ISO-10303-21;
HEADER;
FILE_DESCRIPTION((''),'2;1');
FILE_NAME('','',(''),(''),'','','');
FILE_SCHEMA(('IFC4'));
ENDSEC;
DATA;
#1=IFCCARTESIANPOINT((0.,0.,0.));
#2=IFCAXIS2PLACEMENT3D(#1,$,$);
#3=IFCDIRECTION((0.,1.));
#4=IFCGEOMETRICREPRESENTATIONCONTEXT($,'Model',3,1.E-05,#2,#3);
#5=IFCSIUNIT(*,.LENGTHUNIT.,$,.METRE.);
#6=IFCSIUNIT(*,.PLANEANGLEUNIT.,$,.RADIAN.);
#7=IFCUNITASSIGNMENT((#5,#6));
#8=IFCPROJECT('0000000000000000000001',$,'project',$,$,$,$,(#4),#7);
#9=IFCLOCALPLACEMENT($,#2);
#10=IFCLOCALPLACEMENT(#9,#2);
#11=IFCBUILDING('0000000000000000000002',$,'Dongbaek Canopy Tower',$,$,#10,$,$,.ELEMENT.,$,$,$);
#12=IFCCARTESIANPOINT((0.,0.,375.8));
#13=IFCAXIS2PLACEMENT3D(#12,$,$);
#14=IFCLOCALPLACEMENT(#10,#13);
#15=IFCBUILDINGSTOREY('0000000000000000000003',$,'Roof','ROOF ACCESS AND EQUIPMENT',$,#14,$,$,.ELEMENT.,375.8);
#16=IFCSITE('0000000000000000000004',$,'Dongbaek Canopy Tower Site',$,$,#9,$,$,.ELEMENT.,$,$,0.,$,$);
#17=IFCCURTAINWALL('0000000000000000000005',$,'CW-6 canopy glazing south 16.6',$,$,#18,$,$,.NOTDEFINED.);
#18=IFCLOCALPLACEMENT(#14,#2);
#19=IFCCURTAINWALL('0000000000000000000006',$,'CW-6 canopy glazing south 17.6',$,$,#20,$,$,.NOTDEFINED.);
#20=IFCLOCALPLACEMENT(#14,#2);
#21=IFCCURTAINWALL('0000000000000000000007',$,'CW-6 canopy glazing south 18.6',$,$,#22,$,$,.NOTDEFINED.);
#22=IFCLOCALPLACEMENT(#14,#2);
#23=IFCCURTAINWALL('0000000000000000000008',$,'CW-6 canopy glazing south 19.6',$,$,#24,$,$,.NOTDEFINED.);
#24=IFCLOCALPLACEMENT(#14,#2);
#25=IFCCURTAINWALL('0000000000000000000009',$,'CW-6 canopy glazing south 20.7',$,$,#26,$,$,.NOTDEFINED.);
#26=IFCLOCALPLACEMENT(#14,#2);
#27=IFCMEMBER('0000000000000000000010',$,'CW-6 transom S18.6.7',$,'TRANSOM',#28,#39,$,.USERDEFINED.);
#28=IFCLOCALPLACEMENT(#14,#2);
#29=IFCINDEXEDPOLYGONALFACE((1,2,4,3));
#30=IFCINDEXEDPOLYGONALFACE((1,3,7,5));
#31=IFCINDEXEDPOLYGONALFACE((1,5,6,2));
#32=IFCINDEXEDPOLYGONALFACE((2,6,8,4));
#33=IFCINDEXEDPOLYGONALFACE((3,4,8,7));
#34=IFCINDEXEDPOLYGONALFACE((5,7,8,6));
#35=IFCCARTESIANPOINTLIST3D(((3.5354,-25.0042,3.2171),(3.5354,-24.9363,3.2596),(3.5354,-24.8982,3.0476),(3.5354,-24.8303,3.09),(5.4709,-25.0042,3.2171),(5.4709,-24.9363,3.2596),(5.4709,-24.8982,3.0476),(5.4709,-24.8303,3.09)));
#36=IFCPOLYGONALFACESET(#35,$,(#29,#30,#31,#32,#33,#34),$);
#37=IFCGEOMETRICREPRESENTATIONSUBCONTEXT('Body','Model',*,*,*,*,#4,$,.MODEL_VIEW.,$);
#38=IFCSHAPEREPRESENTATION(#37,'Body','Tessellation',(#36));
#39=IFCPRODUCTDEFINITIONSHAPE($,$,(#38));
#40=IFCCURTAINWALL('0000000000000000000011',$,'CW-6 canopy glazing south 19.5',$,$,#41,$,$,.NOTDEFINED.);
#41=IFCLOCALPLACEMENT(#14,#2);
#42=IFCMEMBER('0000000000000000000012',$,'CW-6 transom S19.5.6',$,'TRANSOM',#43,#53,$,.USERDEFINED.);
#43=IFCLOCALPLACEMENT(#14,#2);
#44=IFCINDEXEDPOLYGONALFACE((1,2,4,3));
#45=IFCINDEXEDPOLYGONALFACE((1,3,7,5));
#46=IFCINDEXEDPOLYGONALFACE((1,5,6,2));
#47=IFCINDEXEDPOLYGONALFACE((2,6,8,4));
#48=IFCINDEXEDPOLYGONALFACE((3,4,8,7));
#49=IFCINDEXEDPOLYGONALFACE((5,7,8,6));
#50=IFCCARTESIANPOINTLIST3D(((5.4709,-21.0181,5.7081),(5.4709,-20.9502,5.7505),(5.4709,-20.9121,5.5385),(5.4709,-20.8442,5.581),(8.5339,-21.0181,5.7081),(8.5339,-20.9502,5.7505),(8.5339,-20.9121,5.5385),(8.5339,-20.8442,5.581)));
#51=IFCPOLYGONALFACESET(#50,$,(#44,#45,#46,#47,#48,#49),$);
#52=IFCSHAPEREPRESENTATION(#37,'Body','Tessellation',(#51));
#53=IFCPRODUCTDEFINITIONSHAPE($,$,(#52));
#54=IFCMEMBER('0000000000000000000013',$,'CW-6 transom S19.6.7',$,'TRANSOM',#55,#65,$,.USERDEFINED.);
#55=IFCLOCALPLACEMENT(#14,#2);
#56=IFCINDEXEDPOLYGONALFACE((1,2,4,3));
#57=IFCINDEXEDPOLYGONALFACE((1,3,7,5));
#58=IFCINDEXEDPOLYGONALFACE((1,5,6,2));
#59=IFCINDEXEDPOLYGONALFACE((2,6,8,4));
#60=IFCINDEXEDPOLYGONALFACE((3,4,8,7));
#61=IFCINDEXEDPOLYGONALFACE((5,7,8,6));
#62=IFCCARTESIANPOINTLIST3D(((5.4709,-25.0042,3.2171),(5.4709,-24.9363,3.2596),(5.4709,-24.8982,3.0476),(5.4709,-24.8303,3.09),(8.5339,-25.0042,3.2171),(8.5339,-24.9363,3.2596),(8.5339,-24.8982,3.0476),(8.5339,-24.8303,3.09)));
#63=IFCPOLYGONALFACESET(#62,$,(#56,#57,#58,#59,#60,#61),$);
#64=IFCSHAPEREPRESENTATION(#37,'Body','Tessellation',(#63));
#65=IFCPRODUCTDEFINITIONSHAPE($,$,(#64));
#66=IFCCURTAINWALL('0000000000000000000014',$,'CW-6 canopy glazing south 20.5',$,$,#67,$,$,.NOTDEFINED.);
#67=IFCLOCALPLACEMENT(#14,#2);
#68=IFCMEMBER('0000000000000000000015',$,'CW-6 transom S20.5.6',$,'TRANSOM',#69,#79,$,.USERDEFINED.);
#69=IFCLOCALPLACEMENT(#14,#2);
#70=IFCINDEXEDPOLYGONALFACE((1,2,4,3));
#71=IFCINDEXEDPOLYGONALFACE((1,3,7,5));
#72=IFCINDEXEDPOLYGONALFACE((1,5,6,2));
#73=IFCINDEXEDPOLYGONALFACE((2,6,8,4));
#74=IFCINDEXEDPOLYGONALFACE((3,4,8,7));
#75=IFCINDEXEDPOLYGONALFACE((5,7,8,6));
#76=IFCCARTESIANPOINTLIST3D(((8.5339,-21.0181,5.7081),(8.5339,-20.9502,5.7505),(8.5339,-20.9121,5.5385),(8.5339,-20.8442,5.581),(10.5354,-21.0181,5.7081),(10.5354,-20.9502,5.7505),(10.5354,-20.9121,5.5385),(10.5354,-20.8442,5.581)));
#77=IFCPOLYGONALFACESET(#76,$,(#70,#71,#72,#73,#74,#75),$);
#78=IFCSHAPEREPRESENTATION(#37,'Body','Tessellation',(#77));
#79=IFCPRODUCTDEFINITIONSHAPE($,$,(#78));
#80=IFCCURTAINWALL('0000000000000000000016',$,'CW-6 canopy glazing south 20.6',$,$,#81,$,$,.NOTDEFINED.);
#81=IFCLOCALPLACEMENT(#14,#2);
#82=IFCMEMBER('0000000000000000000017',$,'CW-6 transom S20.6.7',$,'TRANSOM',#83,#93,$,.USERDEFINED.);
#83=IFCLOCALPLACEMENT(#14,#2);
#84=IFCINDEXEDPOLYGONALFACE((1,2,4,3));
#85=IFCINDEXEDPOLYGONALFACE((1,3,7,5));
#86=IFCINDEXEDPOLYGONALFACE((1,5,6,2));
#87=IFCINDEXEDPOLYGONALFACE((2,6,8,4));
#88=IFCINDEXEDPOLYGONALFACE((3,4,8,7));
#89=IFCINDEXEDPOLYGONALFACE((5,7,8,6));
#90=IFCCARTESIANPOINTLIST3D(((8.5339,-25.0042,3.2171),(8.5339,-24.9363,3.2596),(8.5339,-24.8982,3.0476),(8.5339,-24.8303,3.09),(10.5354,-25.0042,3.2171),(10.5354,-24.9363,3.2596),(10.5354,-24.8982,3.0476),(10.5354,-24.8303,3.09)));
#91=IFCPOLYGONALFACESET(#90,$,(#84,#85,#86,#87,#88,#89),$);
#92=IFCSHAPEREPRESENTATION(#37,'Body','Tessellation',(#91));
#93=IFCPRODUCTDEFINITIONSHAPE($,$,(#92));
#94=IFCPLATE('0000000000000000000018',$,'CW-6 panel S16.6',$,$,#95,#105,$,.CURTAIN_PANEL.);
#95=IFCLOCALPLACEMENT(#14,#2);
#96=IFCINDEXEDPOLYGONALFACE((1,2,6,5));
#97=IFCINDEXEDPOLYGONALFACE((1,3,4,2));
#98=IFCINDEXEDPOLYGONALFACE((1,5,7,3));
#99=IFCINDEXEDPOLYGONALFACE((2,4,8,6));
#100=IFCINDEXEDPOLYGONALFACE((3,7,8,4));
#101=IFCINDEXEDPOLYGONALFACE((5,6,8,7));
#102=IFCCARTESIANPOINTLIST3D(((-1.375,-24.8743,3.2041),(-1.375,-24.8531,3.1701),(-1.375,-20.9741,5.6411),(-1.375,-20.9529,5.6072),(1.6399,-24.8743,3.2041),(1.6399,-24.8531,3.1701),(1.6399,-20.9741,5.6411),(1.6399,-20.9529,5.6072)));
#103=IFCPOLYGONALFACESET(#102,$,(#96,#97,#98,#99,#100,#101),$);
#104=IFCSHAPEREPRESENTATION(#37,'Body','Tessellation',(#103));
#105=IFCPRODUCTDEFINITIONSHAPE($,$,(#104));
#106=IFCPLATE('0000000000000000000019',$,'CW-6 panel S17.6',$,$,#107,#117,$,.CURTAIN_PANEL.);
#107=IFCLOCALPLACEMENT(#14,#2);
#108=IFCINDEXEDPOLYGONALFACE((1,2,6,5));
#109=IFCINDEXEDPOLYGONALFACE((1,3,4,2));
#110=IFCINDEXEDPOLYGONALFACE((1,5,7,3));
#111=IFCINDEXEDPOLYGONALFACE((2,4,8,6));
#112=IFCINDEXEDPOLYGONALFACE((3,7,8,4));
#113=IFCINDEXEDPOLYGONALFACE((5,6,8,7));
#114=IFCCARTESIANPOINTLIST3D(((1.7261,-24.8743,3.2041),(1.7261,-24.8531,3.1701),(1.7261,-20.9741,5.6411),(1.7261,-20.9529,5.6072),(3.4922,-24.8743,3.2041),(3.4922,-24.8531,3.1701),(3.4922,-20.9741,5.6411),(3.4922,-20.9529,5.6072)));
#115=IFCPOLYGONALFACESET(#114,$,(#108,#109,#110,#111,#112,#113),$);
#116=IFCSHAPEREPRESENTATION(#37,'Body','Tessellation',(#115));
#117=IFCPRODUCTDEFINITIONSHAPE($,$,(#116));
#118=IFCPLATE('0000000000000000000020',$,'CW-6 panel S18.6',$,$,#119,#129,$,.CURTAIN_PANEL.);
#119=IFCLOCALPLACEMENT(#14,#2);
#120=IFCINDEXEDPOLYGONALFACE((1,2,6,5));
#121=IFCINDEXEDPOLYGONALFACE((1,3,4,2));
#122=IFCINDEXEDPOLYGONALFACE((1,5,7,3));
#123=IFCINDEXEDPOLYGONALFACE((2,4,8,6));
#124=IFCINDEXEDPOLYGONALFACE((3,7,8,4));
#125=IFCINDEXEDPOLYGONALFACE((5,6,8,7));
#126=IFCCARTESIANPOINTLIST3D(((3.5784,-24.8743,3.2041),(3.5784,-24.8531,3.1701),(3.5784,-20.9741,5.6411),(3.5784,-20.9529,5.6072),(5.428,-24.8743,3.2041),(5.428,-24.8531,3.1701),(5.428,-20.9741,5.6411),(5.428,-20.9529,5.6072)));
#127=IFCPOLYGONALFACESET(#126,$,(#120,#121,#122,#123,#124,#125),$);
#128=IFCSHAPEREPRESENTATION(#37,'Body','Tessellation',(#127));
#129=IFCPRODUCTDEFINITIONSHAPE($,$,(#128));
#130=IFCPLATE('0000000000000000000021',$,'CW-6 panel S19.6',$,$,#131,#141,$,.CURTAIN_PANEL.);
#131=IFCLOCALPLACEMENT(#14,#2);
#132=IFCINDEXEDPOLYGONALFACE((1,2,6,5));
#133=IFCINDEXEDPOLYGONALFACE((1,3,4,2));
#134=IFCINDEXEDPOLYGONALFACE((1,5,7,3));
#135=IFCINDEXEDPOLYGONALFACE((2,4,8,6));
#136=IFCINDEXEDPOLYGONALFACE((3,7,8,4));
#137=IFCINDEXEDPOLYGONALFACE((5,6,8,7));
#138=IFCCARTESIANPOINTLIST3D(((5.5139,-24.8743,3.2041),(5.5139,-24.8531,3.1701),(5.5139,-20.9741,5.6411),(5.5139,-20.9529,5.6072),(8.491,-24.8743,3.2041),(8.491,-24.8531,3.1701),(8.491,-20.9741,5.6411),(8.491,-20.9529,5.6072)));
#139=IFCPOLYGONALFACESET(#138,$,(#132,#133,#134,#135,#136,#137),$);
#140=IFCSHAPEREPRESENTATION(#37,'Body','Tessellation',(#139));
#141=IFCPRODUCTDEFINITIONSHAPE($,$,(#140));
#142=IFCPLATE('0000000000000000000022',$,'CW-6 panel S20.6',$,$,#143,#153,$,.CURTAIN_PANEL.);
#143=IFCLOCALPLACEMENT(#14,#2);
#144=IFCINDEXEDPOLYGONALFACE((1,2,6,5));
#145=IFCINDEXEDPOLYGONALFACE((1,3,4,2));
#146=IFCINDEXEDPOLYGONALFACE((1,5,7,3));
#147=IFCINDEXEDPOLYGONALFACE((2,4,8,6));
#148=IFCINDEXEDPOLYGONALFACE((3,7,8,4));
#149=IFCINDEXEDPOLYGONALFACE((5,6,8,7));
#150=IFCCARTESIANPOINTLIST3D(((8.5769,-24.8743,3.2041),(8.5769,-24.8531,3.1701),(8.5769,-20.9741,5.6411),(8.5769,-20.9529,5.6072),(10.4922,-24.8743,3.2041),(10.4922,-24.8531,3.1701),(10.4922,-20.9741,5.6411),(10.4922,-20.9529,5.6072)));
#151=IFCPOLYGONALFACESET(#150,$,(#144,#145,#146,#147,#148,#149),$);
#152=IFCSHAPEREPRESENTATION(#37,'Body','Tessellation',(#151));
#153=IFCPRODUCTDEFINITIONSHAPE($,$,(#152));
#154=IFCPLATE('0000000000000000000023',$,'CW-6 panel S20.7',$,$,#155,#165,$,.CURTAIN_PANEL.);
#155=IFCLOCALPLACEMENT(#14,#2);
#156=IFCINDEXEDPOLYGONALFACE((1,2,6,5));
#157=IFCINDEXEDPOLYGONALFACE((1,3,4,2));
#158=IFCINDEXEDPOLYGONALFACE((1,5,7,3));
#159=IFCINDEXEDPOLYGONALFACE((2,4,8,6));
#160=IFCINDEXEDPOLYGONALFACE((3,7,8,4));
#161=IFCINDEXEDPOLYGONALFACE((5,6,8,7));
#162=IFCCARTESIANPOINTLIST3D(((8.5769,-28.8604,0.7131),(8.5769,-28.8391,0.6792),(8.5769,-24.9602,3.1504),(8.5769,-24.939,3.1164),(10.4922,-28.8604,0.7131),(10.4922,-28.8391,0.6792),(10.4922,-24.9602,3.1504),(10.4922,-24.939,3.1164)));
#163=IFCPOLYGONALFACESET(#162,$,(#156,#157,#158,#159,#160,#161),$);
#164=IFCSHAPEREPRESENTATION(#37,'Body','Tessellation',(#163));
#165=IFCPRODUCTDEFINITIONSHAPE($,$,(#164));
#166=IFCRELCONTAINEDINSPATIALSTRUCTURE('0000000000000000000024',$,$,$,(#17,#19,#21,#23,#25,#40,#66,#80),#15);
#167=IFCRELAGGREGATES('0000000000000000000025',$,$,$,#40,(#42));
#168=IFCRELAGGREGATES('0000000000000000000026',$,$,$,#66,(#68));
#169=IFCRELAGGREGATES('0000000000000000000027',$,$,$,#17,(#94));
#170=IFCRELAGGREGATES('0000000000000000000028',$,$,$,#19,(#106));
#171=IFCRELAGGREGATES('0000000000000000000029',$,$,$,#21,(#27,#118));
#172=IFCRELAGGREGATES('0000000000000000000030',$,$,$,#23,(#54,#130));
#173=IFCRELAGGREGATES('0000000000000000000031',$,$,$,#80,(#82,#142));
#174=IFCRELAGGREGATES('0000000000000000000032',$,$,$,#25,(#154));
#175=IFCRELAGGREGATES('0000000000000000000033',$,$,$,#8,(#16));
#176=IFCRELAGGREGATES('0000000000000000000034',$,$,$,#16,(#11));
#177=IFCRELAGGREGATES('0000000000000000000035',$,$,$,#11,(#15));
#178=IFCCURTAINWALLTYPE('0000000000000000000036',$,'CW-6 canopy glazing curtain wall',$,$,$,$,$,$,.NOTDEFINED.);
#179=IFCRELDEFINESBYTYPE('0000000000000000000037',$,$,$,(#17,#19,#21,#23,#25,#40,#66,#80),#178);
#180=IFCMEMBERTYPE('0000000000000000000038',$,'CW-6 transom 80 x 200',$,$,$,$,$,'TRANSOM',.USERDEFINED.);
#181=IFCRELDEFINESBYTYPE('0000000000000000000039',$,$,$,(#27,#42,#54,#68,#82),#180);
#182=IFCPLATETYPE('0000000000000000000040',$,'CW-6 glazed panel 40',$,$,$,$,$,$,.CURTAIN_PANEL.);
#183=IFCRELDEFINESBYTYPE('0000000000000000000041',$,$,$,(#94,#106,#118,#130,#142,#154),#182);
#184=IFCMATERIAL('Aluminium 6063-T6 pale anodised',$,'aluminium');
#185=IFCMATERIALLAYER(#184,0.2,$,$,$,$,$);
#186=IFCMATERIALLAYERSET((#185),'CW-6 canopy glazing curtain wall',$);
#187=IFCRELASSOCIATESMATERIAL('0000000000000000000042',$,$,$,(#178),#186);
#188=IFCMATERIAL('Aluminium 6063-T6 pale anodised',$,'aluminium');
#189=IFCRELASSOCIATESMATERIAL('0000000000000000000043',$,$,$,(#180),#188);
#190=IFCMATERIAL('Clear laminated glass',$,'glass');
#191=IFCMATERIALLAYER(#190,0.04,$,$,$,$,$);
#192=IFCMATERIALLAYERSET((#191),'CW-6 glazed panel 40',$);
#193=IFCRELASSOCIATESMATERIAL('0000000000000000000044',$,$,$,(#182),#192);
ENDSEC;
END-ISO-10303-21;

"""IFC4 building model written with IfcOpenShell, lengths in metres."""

from ifc_helpers import new_model, si_unit, direction, frame, origin, origin_2d, place, context, subcontext, project, spatial, polyline, rectangle, outline, extrude, material, layer, layer_set, material_profile, profile_set, type_object, element, aggregate, save


model = new_model("IFC4")

# Units and contexts
model_context = context("Model", 3, precision=1e-05, world=origin(), true_north=direction((0.0, 1.0)))
body_context = subcontext(model_context, "Body", "Model", "MODEL_VIEW")
ifc_project = project(units=[si_unit("LENGTHUNIT", "METRE"), si_unit("PLANEANGLEUNIT", "RADIAN")], contexts=[model_context])

# Site, building, storey
site_placement = place(None, origin())
site = spatial("IfcSite", under=ifc_project, at=site_placement, Name="Dongbaek Canopy Tower Site", CompositionType="ELEMENT", RefElevation=0.0)
building_placement = place(site_placement, origin())
building = spatial("IfcBuilding", under=site, at=building_placement, Name="Dongbaek Canopy Tower", CompositionType="ELEMENT")
storey_placement = place(building_placement, frame((0.0, 0.0, 375.8)))
storey = spatial("IfcBuildingStorey", under=building, at=storey_placement, Name="Roof", Description="ROOF ACCESS AND EQUIPMENT", CompositionType="ELEMENT", Elevation=375.8)

# Curtain walls
ifc_material_1 = material(Name="Aluminium 6063-T6 pale anodised", Category="aluminium")
ifc_layer_1 = layer(ifc_material_1, 0.2)
ifc_layer_set_1 = layer_set([ifc_layer_1], Name="CW-6 canopy glazing curtain wall")
curtain_wall_type = type_object("IfcCurtainWallType", Name="CW-6 canopy glazing curtain wall", PredefinedType="NOTDEFINED", material=ifc_layer_set_1)
curtain_wall_1_placement = place(storey_placement, origin())
curtain_wall_1 = element("IfcCurtainWall", 1, at=curtain_wall_1_placement, inside=storey, type_object=curtain_wall_type, Name="CW-6 canopy glazing south 16.6", PredefinedType="NOTDEFINED")
curtain_wall_2_placement = place(storey_placement, origin())
curtain_wall_2 = element("IfcCurtainWall", 2, at=curtain_wall_2_placement, inside=storey, type_object=curtain_wall_type, Name="CW-6 canopy glazing south 17.6", PredefinedType="NOTDEFINED")
curtain_wall_3_placement = place(storey_placement, origin())
curtain_wall_3 = element("IfcCurtainWall", 3, at=curtain_wall_3_placement, inside=storey, type_object=curtain_wall_type, Name="CW-6 canopy glazing south 18.6", PredefinedType="NOTDEFINED")
curtain_wall_4_placement = place(storey_placement, origin())
curtain_wall_4 = element("IfcCurtainWall", 4, at=curtain_wall_4_placement, inside=storey, type_object=curtain_wall_type, Name="CW-6 canopy glazing south 19.6", PredefinedType="NOTDEFINED")
curtain_wall_5_placement = place(storey_placement, origin())
curtain_wall_5 = element("IfcCurtainWall", 5, at=curtain_wall_5_placement, inside=storey, type_object=curtain_wall_type, Name="CW-6 canopy glazing south 20.7", PredefinedType="NOTDEFINED")
ifc_material_2 = material(Name="Aluminium 6063-T6 pale anodised", Category="aluminium")
ifc_material_profile_1 = material_profile(ifc_material_2, rectangle(XDim=0.0801, YDim=0.2, at=origin_2d()), Name="CW-6 transom 80 x 200")
ifc_profile_set_1 = profile_set([ifc_material_profile_1], Name="Aluminium 6063-T6 pale anodised")
member_type_1 = type_object("IfcMemberType", Name="CW-6 transom 80 x 200", ElementType="TRANSOM", PredefinedType="USERDEFINED", material=ifc_profile_set_1)

# Member
member_1_placement = place(storey_placement, frame((3.5354, -24.9172, 3.1536), z_axis=(1.0, 0.0, 0.0), x_axis=(0.0, 0.848048, 0.529919)))
member_1 = element("IfcMember", 6, at=member_1_placement, type_object=member_type_1, Name="CW-6 transom S18.6.7", ObjectType="TRANSOM", PredefinedType="USERDEFINED", context=body_context, shape_type="SweptSolid", body=[
    extrude(rectangle(XDim=0.0801, YDim=0.2, at=origin_2d()), origin(), (0.0, 0.0, 1.0), 1.9355),
])

# Curtain wall, member
curtain_wall_6_placement = place(storey_placement, origin())
curtain_wall_6 = element("IfcCurtainWall", 7, at=curtain_wall_6_placement, inside=storey, type_object=curtain_wall_type, Name="CW-6 canopy glazing south 19.5", PredefinedType="NOTDEFINED")
member_2_placement = place(storey_placement, frame((5.4709, -20.9312, 5.6445), z_axis=(1.0, 0.0, 0.0), x_axis=(0.0, 0.848048, 0.529919)))
member_2 = element("IfcMember", 8, at=member_2_placement, type_object=member_type_1, Name="CW-6 transom S19.5.6", ObjectType="TRANSOM", PredefinedType="USERDEFINED", context=body_context, shape_type="SweptSolid", body=[
    extrude(rectangle(XDim=0.0801, YDim=0.2, at=origin_2d()), origin(), (0.0, 0.0, 1.0), 3.063),
])
aggregate(curtain_wall_6, [member_2])

# Member
member_3_placement = place(storey_placement, frame((5.4709, -24.9172, 3.1536), z_axis=(1.0, 0.0, 0.0), x_axis=(0.0, 0.848048, 0.529919)))
member_3 = element("IfcMember", 9, at=member_3_placement, type_object=member_type_1, Name="CW-6 transom S19.6.7", ObjectType="TRANSOM", PredefinedType="USERDEFINED", context=body_context, shape_type="SweptSolid", body=[
    extrude(rectangle(XDim=0.0801, YDim=0.2, at=origin_2d()), origin(), (0.0, 0.0, 1.0), 3.063),
])

# Curtain walls, members
curtain_wall_7_placement = place(storey_placement, origin())
curtain_wall_7 = element("IfcCurtainWall", 10, at=curtain_wall_7_placement, inside=storey, type_object=curtain_wall_type, Name="CW-6 canopy glazing south 20.5", PredefinedType="NOTDEFINED")
member_4_placement = place(storey_placement, frame((8.5339, -20.9312, 5.6445), z_axis=(1.0, 0.0, 0.0), x_axis=(0.0, 0.848048, 0.529919)))
member_4 = element("IfcMember", 11, at=member_4_placement, type_object=member_type_1, Name="CW-6 transom S20.5.6", ObjectType="TRANSOM", PredefinedType="USERDEFINED", context=body_context, shape_type="SweptSolid", body=[
    extrude(rectangle(XDim=0.0801, YDim=0.2, at=origin_2d()), origin(), (0.0, 0.0, 1.0), 2.0015),
])
aggregate(curtain_wall_7, [member_4])
curtain_wall_8_placement = place(storey_placement, origin())
curtain_wall_8 = element("IfcCurtainWall", 12, at=curtain_wall_8_placement, inside=storey, type_object=curtain_wall_type, Name="CW-6 canopy glazing south 20.6", PredefinedType="NOTDEFINED")
member_5_placement = place(storey_placement, frame((8.5339, -24.9172, 3.1536), z_axis=(1.0, 0.0, 0.0), x_axis=(0.0, 0.848048, 0.529919)))
member_5 = element("IfcMember", 13, at=member_5_placement, type_object=member_type_1, Name="CW-6 transom S20.6.7", ObjectType="TRANSOM", PredefinedType="USERDEFINED", context=body_context, shape_type="SweptSolid", body=[
    extrude(rectangle(XDim=0.0801, YDim=0.2, at=origin_2d()), origin(), (0.0, 0.0, 1.0), 2.0015),
])

# Plates
ifc_material_3 = material(Name="Clear laminated glass", Category="glass")
ifc_layer_2 = layer(ifc_material_3, 0.04)
ifc_layer_set_2 = layer_set([ifc_layer_2], Name="CW-6 glazed panel 40")
plate_type = type_object("IfcPlateType", Name="CW-6 glazed panel 40", PredefinedType="CURTAIN_PANEL", material=ifc_layer_set_2)
plate_1_placement = place(storey_placement, frame((1.6399, -24.8743, 3.2041), z_axis=(0.0, -0.529908, 0.848055), x_axis=(-1.0, 0.0, 0.0)))
plate_1 = element("IfcPlate", 14, at=plate_1_placement, type_object=plate_type, Name="CW-6 panel S16.6", PredefinedType="CURTAIN_PANEL", context=body_context, shape_type="SweptSolid", body=[
    extrude(outline(polyline([(0.0, 0.0), (3.0149, 0.0), (3.0149, -4.5989), (0.0, -4.5989), (0.0, 0.0)])), origin(), (0.0, 0.0, -1.0), 0.04),
])
aggregate(curtain_wall_1, [plate_1])
plate_2_placement = place(storey_placement, frame((3.4922, -24.8743, 3.2041), z_axis=(0.0, -0.529908, 0.848055), x_axis=(-1.0, 0.0, 0.0)))
plate_2 = element("IfcPlate", 15, at=plate_2_placement, type_object=plate_type, Name="CW-6 panel S17.6", PredefinedType="CURTAIN_PANEL", context=body_context, shape_type="SweptSolid", body=[
    extrude(outline(polyline([(0.0, 0.0), (1.7661, 0.0), (1.7661, -4.5989), (0.0, -4.5989), (0.0, 0.0)])), origin(), (0.0, 0.0, -1.0), 0.04),
])
aggregate(curtain_wall_2, [plate_2])
plate_3_placement = place(storey_placement, frame((5.428, -24.8743, 3.2041), z_axis=(0.0, -0.529908, 0.848055), x_axis=(-1.0, 0.0, 0.0)))
plate_3 = element("IfcPlate", 16, at=plate_3_placement, type_object=plate_type, Name="CW-6 panel S18.6", PredefinedType="CURTAIN_PANEL", context=body_context, shape_type="SweptSolid", body=[
    extrude(outline(polyline([(0.0, 0.0), (1.8496, 0.0), (1.8496, -4.5989), (0.0, -4.5989), (0.0, 0.0)])), origin(), (0.0, 0.0, -1.0), 0.04),
])
aggregate(curtain_wall_3, [member_1, plate_3])
plate_4_placement = place(storey_placement, frame((8.491, -24.8743, 3.2041), z_axis=(0.0, -0.529908, 0.848055), x_axis=(-1.0, 0.0, 0.0)))
plate_4 = element("IfcPlate", 17, at=plate_4_placement, type_object=plate_type, Name="CW-6 panel S19.6", PredefinedType="CURTAIN_PANEL", context=body_context, shape_type="SweptSolid", body=[
    extrude(outline(polyline([(0.0, 0.0), (2.9771, 0.0), (2.9771, -4.5989), (0.0, -4.5989), (0.0, 0.0)])), origin(), (0.0, 0.0, -1.0), 0.04),
])
aggregate(curtain_wall_4, [member_3, plate_4])
plate_5_placement = place(storey_placement, frame((10.4922, -24.8743, 3.2041), z_axis=(0.0, -0.529908, 0.848055), x_axis=(-1.0, 0.0, 0.0)))
plate_5 = element("IfcPlate", 18, at=plate_5_placement, type_object=plate_type, Name="CW-6 panel S20.6", PredefinedType="CURTAIN_PANEL", context=body_context, shape_type="SweptSolid", body=[
    extrude(outline(polyline([(0.0, 0.0), (1.9153, 0.0), (1.9153, -4.5989), (0.0, -4.5989), (0.0, 0.0)])), origin(), (0.0, 0.0, -1.0), 0.04),
])
aggregate(curtain_wall_8, [member_5, plate_5])
plate_6_placement = place(storey_placement, frame((10.4922, -28.8604, 0.7131), z_axis=(0.0, -0.529946, 0.848031), x_axis=(-1.0, 0.0, 0.0)))
plate_6 = element("IfcPlate", 19, at=plate_6_placement, type_object=plate_type, Name="CW-6 panel S20.7", PredefinedType="CURTAIN_PANEL", context=body_context, shape_type="SweptSolid", body=[
    extrude(outline(polyline([(0.0, 0.0), (1.9153, 0.0), (1.9153, -4.5991), (0.0, -4.5991), (0.0, 0.0)])), origin(), (0.0, 0.0, -1.0), 0.04),
])
aggregate(curtain_wall_5, [plate_6])

save(model, "model.ifc")
